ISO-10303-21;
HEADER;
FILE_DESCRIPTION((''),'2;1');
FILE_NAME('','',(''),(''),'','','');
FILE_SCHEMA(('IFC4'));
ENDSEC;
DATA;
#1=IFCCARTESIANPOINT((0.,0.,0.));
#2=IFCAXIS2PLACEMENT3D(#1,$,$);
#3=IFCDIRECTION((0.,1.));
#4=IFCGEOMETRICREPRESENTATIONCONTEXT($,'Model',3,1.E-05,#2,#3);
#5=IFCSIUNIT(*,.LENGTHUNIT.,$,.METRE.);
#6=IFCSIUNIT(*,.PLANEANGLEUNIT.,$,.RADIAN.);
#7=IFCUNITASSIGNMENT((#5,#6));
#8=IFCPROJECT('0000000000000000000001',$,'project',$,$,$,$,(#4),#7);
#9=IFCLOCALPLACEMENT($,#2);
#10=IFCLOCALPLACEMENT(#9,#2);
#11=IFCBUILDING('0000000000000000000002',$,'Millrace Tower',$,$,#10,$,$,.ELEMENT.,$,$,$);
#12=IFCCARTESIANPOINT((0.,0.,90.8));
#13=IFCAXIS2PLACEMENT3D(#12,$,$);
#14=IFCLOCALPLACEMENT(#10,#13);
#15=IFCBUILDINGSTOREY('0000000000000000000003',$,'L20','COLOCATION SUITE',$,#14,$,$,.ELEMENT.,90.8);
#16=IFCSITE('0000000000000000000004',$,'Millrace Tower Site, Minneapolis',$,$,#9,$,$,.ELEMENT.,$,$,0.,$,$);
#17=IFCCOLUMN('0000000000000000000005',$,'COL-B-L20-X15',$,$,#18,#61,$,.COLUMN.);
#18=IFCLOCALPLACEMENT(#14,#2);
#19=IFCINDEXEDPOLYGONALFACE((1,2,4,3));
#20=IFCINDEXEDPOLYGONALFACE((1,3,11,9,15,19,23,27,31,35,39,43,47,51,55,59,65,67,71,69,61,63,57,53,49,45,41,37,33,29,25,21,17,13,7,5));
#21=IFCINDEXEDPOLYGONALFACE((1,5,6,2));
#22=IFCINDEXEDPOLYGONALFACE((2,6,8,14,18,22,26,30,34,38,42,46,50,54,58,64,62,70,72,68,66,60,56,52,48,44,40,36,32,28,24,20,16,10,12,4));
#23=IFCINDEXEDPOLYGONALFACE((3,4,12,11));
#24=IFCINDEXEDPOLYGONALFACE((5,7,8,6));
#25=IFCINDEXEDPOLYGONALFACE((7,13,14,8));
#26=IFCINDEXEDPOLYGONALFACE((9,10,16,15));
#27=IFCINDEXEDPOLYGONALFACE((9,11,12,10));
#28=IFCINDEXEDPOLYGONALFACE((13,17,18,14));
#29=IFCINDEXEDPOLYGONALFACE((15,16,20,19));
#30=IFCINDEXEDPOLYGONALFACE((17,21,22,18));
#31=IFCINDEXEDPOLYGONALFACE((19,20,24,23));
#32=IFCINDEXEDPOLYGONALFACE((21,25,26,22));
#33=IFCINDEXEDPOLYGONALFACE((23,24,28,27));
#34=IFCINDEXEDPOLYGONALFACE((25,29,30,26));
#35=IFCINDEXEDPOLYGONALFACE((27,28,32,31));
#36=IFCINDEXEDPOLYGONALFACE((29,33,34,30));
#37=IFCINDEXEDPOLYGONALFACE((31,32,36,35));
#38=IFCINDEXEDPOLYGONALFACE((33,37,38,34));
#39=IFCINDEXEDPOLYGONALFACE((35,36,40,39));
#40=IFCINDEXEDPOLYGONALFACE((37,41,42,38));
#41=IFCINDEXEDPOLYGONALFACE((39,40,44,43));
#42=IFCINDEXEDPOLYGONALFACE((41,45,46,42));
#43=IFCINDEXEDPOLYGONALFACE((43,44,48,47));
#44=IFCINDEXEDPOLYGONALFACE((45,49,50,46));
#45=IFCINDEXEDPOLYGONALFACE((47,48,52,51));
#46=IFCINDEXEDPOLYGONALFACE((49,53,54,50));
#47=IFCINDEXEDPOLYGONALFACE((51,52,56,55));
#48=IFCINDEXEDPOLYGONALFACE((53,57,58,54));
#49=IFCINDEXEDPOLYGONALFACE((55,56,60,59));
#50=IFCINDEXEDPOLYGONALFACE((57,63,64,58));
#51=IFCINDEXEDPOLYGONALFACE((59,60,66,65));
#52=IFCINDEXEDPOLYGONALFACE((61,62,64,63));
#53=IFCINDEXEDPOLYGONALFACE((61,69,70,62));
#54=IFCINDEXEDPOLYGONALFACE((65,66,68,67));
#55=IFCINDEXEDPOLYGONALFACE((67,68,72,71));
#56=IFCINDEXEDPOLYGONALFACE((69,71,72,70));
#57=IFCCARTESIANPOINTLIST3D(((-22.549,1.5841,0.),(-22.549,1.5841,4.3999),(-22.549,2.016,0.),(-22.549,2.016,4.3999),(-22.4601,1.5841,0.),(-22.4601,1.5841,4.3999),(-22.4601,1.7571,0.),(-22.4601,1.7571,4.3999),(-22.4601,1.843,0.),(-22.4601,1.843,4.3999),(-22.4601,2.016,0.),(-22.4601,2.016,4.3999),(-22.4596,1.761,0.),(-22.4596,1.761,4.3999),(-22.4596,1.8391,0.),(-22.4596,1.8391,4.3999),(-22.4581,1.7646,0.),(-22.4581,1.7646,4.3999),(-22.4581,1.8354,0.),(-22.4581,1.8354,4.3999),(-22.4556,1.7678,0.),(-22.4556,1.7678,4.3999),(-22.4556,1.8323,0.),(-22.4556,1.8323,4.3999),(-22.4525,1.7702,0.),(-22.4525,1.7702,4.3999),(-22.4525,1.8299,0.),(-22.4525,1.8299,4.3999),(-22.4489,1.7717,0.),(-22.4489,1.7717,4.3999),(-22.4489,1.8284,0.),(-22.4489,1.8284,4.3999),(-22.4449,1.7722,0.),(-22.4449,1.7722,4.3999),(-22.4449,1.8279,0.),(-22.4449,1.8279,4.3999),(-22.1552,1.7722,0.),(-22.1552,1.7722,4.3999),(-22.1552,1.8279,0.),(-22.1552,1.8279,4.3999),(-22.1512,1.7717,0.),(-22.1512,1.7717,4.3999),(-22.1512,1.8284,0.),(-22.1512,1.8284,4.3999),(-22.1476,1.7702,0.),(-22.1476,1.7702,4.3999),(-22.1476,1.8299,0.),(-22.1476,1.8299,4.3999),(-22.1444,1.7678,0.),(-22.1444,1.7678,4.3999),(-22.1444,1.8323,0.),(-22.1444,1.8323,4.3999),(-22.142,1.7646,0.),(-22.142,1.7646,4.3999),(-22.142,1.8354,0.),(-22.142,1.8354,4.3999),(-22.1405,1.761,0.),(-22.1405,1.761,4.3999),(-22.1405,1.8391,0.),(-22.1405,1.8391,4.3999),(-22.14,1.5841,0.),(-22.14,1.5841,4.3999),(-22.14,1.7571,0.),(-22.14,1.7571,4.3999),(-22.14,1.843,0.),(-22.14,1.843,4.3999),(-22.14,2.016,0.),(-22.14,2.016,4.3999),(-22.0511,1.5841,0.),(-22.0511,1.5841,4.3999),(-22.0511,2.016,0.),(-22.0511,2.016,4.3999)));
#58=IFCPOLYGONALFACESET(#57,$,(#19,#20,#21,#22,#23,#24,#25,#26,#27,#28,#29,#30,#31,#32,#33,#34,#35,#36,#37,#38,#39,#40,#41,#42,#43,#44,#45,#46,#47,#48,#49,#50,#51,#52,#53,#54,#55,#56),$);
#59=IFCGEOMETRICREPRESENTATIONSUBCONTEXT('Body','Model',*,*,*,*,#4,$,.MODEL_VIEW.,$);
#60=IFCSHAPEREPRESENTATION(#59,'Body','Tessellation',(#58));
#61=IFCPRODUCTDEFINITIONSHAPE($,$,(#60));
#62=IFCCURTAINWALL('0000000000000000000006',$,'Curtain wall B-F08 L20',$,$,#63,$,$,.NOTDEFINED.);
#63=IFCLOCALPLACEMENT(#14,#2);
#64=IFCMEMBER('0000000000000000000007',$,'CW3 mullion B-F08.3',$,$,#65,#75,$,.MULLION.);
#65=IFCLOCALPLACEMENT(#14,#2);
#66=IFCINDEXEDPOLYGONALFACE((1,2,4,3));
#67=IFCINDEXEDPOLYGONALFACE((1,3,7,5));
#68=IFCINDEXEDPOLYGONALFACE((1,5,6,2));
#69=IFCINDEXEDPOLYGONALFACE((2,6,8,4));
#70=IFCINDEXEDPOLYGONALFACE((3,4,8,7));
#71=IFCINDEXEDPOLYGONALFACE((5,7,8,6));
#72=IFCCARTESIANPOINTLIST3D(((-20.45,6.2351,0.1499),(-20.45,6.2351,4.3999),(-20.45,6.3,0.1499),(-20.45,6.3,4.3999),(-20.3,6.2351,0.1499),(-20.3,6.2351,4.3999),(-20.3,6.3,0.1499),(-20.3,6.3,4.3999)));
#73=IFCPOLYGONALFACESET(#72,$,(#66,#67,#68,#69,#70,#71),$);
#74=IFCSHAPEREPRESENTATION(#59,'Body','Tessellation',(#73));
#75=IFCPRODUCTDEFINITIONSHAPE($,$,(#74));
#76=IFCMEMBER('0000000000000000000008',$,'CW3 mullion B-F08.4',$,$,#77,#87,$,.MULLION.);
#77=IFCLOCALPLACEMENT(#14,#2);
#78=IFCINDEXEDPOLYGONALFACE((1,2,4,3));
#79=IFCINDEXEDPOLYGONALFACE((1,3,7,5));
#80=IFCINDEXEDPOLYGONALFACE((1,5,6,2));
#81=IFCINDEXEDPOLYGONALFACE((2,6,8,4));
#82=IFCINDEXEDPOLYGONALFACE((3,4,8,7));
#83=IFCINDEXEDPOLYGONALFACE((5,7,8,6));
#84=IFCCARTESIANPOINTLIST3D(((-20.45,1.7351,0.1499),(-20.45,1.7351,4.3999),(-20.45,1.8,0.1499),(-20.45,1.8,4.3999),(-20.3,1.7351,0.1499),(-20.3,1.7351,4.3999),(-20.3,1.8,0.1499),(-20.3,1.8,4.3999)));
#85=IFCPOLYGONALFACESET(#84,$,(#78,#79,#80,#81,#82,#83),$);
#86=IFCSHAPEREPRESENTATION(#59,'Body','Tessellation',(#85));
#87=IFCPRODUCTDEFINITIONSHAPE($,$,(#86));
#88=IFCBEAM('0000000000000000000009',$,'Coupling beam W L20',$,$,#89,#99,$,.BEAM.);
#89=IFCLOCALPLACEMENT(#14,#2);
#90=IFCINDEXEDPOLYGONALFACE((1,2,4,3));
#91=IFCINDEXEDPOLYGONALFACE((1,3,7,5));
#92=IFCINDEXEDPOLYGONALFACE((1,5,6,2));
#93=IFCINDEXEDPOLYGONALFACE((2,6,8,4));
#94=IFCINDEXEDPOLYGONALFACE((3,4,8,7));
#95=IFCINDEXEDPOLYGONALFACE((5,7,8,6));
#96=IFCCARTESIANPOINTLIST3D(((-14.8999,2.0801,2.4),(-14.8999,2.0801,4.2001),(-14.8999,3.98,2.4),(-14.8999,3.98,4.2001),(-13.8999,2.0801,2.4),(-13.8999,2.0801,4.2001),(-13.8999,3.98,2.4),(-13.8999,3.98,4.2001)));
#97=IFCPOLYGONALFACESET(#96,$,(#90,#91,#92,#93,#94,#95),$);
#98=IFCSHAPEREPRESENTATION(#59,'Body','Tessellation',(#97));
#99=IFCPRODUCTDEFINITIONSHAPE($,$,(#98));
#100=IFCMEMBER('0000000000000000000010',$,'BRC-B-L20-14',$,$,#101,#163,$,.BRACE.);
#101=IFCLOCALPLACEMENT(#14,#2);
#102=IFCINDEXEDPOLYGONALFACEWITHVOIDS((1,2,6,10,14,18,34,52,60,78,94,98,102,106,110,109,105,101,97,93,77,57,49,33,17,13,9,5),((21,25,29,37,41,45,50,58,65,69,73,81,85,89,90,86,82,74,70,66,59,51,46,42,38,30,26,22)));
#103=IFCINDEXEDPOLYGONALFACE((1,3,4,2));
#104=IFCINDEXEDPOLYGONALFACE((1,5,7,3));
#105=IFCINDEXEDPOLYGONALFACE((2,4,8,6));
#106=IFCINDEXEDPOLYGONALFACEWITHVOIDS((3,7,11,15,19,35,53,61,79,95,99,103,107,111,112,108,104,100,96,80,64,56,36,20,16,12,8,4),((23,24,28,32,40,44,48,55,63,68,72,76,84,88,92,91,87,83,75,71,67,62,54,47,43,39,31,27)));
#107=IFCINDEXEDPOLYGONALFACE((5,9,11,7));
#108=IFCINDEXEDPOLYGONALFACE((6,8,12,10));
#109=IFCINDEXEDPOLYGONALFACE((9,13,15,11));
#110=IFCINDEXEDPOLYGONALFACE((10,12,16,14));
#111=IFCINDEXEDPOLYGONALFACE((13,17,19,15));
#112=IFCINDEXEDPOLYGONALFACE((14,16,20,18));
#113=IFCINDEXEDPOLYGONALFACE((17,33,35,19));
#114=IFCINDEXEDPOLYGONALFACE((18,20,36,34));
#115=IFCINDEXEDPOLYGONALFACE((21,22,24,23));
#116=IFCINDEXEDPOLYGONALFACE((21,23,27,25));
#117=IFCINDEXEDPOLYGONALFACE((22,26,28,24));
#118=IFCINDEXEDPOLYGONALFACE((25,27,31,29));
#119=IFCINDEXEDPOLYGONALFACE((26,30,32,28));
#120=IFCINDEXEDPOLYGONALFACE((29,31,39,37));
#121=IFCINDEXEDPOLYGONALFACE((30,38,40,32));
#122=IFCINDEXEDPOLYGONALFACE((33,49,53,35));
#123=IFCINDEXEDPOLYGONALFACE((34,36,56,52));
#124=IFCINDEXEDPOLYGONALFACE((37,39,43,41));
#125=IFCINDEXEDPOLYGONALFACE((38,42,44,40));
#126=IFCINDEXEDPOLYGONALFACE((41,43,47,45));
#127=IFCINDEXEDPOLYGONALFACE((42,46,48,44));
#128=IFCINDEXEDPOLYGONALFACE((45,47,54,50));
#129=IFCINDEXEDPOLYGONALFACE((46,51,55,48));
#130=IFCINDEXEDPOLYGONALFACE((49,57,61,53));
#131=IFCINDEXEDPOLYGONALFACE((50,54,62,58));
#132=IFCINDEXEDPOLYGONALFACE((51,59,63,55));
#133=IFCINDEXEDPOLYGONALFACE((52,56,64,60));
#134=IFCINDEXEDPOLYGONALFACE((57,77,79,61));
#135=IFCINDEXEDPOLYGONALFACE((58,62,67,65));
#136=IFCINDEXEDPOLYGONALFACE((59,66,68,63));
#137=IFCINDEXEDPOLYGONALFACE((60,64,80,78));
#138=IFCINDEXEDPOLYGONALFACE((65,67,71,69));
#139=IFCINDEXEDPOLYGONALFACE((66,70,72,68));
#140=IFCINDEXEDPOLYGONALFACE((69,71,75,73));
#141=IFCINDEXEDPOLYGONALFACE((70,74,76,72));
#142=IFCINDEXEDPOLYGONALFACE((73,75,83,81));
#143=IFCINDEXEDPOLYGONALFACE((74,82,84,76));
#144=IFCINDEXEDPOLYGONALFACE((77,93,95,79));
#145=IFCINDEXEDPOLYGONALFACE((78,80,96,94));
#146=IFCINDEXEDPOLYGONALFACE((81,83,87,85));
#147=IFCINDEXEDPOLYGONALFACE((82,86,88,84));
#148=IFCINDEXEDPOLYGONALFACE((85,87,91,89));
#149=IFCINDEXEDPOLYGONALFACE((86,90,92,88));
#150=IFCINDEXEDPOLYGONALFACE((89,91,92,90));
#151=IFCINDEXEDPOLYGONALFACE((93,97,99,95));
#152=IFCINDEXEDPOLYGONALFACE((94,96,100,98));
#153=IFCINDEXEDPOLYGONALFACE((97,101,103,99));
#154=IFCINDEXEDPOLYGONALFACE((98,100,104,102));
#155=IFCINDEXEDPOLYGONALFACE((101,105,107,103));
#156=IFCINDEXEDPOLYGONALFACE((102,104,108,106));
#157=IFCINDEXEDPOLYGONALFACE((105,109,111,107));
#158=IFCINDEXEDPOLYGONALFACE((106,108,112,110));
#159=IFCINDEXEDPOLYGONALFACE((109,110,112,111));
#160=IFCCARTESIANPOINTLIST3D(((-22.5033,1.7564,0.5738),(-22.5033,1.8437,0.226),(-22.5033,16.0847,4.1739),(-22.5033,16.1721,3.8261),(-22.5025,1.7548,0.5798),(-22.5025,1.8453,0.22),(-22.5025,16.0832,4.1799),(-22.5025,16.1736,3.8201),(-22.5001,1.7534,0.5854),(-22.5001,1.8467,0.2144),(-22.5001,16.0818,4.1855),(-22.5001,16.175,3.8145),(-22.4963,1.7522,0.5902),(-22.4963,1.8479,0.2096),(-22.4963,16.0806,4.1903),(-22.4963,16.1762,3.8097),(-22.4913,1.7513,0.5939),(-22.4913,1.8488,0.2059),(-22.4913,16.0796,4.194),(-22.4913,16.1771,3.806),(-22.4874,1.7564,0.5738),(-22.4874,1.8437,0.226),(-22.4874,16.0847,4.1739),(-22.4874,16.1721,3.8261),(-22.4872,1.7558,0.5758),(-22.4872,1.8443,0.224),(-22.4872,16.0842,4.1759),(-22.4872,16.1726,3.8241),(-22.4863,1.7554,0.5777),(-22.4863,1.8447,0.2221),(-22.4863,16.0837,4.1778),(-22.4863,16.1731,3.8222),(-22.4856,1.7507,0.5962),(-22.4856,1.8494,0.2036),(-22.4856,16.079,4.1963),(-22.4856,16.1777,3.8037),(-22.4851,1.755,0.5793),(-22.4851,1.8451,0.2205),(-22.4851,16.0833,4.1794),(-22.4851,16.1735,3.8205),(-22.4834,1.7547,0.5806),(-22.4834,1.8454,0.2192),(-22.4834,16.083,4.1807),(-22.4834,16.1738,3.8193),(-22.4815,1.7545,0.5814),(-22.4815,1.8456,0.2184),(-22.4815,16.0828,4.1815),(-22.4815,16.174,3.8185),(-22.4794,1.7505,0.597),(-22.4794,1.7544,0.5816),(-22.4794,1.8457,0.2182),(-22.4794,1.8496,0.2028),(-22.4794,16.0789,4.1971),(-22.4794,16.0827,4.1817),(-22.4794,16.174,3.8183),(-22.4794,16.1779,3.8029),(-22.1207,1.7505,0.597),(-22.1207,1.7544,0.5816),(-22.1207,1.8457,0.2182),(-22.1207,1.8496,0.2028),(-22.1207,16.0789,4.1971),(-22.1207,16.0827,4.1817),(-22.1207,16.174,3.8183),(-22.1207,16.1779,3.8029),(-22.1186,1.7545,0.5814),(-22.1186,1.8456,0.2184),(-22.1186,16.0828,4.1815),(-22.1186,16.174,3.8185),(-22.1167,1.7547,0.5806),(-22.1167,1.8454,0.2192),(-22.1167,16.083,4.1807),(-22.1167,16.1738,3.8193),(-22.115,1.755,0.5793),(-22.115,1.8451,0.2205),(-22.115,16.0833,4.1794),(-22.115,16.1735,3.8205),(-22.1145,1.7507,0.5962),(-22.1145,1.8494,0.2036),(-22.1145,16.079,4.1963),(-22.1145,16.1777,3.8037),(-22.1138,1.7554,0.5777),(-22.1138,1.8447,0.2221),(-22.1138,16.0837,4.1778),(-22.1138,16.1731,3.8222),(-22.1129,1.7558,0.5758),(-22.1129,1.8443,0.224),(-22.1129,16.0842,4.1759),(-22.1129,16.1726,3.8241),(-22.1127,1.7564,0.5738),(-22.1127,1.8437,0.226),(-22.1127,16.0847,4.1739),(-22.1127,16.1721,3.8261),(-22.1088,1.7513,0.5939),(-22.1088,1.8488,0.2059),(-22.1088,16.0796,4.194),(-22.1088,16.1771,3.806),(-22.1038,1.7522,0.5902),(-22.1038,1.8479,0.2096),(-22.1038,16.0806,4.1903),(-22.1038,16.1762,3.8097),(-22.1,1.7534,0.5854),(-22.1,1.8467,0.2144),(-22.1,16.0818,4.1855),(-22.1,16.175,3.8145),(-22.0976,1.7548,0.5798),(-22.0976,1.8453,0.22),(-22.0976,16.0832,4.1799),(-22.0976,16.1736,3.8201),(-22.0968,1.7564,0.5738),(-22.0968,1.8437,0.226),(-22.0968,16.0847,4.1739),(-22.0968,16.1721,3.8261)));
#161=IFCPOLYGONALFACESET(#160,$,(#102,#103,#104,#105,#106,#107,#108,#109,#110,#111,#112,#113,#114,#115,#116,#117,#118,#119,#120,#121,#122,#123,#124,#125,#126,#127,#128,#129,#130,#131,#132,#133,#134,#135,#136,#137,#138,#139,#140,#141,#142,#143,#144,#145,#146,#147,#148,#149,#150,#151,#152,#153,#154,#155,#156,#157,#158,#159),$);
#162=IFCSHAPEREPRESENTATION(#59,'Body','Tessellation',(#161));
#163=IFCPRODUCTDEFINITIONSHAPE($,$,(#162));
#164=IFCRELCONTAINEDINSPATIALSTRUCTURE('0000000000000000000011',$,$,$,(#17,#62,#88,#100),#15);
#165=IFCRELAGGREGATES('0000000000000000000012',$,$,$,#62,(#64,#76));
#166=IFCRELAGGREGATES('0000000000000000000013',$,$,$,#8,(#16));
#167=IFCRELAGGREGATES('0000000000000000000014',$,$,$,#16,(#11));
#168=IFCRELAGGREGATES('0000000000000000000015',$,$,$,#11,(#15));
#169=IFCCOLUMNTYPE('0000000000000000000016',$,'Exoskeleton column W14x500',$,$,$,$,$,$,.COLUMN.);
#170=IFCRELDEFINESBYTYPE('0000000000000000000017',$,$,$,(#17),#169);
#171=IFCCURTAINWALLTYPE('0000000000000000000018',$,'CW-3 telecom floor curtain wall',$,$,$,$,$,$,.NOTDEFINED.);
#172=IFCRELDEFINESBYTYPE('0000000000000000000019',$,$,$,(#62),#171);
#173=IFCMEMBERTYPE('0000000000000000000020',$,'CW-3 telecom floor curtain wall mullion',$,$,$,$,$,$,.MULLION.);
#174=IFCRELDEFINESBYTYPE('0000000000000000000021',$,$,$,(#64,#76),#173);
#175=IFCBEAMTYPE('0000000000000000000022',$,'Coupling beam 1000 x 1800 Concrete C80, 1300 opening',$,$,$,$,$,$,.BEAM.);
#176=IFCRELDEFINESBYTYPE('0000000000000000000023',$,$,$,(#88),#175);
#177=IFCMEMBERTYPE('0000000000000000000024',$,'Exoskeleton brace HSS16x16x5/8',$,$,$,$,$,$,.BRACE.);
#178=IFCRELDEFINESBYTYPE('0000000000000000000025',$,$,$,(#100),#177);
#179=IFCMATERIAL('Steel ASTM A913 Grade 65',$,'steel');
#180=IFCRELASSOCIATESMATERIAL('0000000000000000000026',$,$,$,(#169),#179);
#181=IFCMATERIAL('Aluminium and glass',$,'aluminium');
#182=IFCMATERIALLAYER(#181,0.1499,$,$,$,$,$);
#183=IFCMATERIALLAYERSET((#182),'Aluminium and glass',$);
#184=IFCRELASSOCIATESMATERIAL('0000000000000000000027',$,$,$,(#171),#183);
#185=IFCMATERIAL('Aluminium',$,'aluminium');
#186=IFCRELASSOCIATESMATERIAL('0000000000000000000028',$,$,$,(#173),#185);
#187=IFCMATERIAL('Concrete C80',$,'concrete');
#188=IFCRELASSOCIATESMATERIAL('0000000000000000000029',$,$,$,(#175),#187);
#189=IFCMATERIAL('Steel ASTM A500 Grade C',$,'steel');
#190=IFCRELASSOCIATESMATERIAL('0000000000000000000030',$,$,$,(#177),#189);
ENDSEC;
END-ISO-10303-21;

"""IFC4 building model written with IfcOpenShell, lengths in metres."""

from ifc_helpers import new_model, si_unit, direction, frame, origin, origin_2d, place, context, subcontext, project, spatial, rectangle, hollow_rectangle, i_section, extrude, material, layer, layer_set, material_profile, profile_set, type_object, element, aggregate, save


model = new_model("IFC4")

# Units and contexts
model_context = context("Model", 3, precision=1e-05, world=origin(), true_north=direction((0.0, 1.0)))
body_context = subcontext(model_context, "Body", "Model", "MODEL_VIEW")
ifc_project = project(units=[si_unit("LENGTHUNIT", "METRE"), si_unit("PLANEANGLEUNIT", "RADIAN")], contexts=[model_context])

# Site, building, storey
site_placement = place(None, origin())
site = spatial("IfcSite", under=ifc_project, at=site_placement, Name="Millrace Tower Site, Minneapolis", CompositionType="ELEMENT", RefElevation=0.0)
building_placement = place(site_placement, origin())
building = spatial("IfcBuilding", under=site, at=building_placement, Name="Millrace Tower", CompositionType="ELEMENT")
storey_placement = place(building_placement, frame((0.0, 0.0, 90.8)))
storey = spatial("IfcBuildingStorey", under=building, at=storey_placement, Name="L20", Description="COLOCATION SUITE", CompositionType="ELEMENT", Elevation=90.8)

# Column
ifc_material_1 = material(Name="Steel ASTM A913 Grade 65", Category="steel")
ifc_material_profile_1 = material_profile(ifc_material_1, i_section(OverallWidth=0.4319, OverallDepth=0.4978, WebThickness=0.0557, FlangeThickness=0.0889, FilletRadius=0.0151, at=origin_2d()))
ifc_profile_set_1 = profile_set([ifc_material_profile_1], Name="Steel ASTM A913 Grade 65")
column_type = type_object("IfcColumnType", Name="Exoskeleton column W14x500", PredefinedType="COLUMN", material=ifc_profile_set_1)
column_placement = place(storey_placement, frame((-22.3, 1.8, 0.0), z_axis=(0.0, 0.0, 1.0), x_axis=(0.0, -1.0, 0.0)))
element("IfcColumn", 1, at=column_placement, inside=storey, type_object=column_type, Name="COL-B-L20-X15", PredefinedType="COLUMN", context=body_context, shape_type="SweptSolid", body=[
    extrude(i_section(OverallWidth=0.4319, OverallDepth=0.4978, WebThickness=0.0557, FlangeThickness=0.0889, FilletRadius=0.0151, at=origin_2d()), origin(), (0.0, 0.0, 1.0), 4.3999),
])

# Curtain wall, members
ifc_material_2 = material(Name="Aluminium and glass", Category="aluminium")
ifc_layer_1 = layer(ifc_material_2, 0.1499)
ifc_layer_set_1 = layer_set([ifc_layer_1], Name="Aluminium and glass")
curtain_wall_type = type_object("IfcCurtainWallType", Name="CW-3 telecom floor curtain wall", PredefinedType="NOTDEFINED", material=ifc_layer_set_1)
placement = place(storey_placement, origin())
curtain_wall = element("IfcCurtainWall", 2, at=placement, inside=storey, type_object=curtain_wall_type, Name="Curtain wall B-F08 L20", PredefinedType="NOTDEFINED")
ifc_material_3 = material(Name="Aluminium", Category="aluminium")
ifc_material_profile_2 = material_profile(ifc_material_3, rectangle(XDim=0.0649, YDim=0.1499, at=origin_2d()))
ifc_profile_set_2 = profile_set([ifc_material_profile_2], Name="Aluminium")
member_type_1 = type_object("IfcMemberType", Name="CW-3 telecom floor curtain wall mullion", PredefinedType="MULLION", material=ifc_profile_set_2)
member_1_placement = place(storey_placement, frame((-20.375, 6.2676, 0.1499), z_axis=(0.0, 0.0, 1.0), x_axis=(0.0, -1.0, 0.0)))
member_1 = element("IfcMember", 3, at=member_1_placement, type_object=member_type_1, Name="CW3 mullion B-F08.3", PredefinedType="MULLION", context=body_context, shape_type="SweptSolid", body=[
    extrude(rectangle(XDim=0.0649, YDim=0.1499, at=origin_2d()), origin(), (0.0, 0.0, 1.0), 4.25),
])
member_2_placement = place(storey_placement, frame((-20.375, 1.7676, 0.1499), z_axis=(0.0, 0.0, 1.0), x_axis=(0.0, -1.0, 0.0)))
member_2 = element("IfcMember", 4, at=member_2_placement, type_object=member_type_1, Name="CW3 mullion B-F08.4", PredefinedType="MULLION", context=body_context, shape_type="SweptSolid", body=[
    extrude(rectangle(XDim=0.0649, YDim=0.1499, at=origin_2d()), origin(), (0.0, 0.0, 1.0), 4.25),
])
aggregate(curtain_wall, [member_1, member_2])

# Beam
ifc_material_4 = material(Name="Concrete C80", Category="concrete")
ifc_material_profile_3 = material_profile(ifc_material_4, rectangle(XDim=1.0, YDim=1.8, at=origin_2d()))
ifc_profile_set_3 = profile_set([ifc_material_profile_3], Name="Concrete C80")
beam_type_1 = type_object("IfcBeamType", Name="Coupling beam 1000 x 1800 Concrete C80, 1300 opening", PredefinedType="BEAM", material=ifc_profile_set_3)
beam_1_placement = place(storey_placement, frame((-14.3999, 2.0801, 3.3), z_axis=(0.0, 1.0, 0.0), x_axis=(-1.0, 0.0, 0.0)))
element("IfcBeam", 5, at=beam_1_placement, inside=storey, type_object=beam_type_1, Name="Coupling beam W L20", PredefinedType="BEAM", context=body_context, shape_type="SweptSolid", body=[
    extrude(rectangle(XDim=1.0, YDim=1.8, at=origin_2d()), origin(), (0.0, 0.0, 1.0), 1.8999),
])

# Member
ifc_material_5 = material(Name="Steel ASTM A500 Grade C", Category="steel")
ifc_material_profile_4 = material_profile(ifc_material_5, hollow_rectangle(XDim=0.4065, YDim=0.4065, WallThickness=0.0159, InnerFilletRadius=0.0081, OuterFilletRadius=0.0239, at=origin_2d()))
ifc_profile_set_4 = profile_set([ifc_material_profile_4], Name="Steel ASTM A500 Grade C")
member_type_2 = type_object("IfcMemberType", Name="Exoskeleton brace HSS16x16x5/8", PredefinedType="BRACE", material=ifc_profile_set_4)
member_3_placement = place(storey_placement, frame((-22.3, 1.8, 0.3999), z_axis=(0.0, 0.969855, 0.243683), x_axis=(-1.0, 0.0, 0.0)))
element("IfcMember", 6, at=member_3_placement, inside=storey, type_object=member_type_2, Name="BRC-B-L20-14", PredefinedType="BRACE", context=body_context, shape_type="SweptSolid", body=[
    extrude(hollow_rectangle(XDim=0.4065, YDim=0.4065, WallThickness=0.0159, InnerFilletRadius=0.0081, OuterFilletRadius=0.0239, at=origin_2d()), origin(), (0.0, 0.0, 1.0), 14.7737),
])

save(model, "model.ifc")
